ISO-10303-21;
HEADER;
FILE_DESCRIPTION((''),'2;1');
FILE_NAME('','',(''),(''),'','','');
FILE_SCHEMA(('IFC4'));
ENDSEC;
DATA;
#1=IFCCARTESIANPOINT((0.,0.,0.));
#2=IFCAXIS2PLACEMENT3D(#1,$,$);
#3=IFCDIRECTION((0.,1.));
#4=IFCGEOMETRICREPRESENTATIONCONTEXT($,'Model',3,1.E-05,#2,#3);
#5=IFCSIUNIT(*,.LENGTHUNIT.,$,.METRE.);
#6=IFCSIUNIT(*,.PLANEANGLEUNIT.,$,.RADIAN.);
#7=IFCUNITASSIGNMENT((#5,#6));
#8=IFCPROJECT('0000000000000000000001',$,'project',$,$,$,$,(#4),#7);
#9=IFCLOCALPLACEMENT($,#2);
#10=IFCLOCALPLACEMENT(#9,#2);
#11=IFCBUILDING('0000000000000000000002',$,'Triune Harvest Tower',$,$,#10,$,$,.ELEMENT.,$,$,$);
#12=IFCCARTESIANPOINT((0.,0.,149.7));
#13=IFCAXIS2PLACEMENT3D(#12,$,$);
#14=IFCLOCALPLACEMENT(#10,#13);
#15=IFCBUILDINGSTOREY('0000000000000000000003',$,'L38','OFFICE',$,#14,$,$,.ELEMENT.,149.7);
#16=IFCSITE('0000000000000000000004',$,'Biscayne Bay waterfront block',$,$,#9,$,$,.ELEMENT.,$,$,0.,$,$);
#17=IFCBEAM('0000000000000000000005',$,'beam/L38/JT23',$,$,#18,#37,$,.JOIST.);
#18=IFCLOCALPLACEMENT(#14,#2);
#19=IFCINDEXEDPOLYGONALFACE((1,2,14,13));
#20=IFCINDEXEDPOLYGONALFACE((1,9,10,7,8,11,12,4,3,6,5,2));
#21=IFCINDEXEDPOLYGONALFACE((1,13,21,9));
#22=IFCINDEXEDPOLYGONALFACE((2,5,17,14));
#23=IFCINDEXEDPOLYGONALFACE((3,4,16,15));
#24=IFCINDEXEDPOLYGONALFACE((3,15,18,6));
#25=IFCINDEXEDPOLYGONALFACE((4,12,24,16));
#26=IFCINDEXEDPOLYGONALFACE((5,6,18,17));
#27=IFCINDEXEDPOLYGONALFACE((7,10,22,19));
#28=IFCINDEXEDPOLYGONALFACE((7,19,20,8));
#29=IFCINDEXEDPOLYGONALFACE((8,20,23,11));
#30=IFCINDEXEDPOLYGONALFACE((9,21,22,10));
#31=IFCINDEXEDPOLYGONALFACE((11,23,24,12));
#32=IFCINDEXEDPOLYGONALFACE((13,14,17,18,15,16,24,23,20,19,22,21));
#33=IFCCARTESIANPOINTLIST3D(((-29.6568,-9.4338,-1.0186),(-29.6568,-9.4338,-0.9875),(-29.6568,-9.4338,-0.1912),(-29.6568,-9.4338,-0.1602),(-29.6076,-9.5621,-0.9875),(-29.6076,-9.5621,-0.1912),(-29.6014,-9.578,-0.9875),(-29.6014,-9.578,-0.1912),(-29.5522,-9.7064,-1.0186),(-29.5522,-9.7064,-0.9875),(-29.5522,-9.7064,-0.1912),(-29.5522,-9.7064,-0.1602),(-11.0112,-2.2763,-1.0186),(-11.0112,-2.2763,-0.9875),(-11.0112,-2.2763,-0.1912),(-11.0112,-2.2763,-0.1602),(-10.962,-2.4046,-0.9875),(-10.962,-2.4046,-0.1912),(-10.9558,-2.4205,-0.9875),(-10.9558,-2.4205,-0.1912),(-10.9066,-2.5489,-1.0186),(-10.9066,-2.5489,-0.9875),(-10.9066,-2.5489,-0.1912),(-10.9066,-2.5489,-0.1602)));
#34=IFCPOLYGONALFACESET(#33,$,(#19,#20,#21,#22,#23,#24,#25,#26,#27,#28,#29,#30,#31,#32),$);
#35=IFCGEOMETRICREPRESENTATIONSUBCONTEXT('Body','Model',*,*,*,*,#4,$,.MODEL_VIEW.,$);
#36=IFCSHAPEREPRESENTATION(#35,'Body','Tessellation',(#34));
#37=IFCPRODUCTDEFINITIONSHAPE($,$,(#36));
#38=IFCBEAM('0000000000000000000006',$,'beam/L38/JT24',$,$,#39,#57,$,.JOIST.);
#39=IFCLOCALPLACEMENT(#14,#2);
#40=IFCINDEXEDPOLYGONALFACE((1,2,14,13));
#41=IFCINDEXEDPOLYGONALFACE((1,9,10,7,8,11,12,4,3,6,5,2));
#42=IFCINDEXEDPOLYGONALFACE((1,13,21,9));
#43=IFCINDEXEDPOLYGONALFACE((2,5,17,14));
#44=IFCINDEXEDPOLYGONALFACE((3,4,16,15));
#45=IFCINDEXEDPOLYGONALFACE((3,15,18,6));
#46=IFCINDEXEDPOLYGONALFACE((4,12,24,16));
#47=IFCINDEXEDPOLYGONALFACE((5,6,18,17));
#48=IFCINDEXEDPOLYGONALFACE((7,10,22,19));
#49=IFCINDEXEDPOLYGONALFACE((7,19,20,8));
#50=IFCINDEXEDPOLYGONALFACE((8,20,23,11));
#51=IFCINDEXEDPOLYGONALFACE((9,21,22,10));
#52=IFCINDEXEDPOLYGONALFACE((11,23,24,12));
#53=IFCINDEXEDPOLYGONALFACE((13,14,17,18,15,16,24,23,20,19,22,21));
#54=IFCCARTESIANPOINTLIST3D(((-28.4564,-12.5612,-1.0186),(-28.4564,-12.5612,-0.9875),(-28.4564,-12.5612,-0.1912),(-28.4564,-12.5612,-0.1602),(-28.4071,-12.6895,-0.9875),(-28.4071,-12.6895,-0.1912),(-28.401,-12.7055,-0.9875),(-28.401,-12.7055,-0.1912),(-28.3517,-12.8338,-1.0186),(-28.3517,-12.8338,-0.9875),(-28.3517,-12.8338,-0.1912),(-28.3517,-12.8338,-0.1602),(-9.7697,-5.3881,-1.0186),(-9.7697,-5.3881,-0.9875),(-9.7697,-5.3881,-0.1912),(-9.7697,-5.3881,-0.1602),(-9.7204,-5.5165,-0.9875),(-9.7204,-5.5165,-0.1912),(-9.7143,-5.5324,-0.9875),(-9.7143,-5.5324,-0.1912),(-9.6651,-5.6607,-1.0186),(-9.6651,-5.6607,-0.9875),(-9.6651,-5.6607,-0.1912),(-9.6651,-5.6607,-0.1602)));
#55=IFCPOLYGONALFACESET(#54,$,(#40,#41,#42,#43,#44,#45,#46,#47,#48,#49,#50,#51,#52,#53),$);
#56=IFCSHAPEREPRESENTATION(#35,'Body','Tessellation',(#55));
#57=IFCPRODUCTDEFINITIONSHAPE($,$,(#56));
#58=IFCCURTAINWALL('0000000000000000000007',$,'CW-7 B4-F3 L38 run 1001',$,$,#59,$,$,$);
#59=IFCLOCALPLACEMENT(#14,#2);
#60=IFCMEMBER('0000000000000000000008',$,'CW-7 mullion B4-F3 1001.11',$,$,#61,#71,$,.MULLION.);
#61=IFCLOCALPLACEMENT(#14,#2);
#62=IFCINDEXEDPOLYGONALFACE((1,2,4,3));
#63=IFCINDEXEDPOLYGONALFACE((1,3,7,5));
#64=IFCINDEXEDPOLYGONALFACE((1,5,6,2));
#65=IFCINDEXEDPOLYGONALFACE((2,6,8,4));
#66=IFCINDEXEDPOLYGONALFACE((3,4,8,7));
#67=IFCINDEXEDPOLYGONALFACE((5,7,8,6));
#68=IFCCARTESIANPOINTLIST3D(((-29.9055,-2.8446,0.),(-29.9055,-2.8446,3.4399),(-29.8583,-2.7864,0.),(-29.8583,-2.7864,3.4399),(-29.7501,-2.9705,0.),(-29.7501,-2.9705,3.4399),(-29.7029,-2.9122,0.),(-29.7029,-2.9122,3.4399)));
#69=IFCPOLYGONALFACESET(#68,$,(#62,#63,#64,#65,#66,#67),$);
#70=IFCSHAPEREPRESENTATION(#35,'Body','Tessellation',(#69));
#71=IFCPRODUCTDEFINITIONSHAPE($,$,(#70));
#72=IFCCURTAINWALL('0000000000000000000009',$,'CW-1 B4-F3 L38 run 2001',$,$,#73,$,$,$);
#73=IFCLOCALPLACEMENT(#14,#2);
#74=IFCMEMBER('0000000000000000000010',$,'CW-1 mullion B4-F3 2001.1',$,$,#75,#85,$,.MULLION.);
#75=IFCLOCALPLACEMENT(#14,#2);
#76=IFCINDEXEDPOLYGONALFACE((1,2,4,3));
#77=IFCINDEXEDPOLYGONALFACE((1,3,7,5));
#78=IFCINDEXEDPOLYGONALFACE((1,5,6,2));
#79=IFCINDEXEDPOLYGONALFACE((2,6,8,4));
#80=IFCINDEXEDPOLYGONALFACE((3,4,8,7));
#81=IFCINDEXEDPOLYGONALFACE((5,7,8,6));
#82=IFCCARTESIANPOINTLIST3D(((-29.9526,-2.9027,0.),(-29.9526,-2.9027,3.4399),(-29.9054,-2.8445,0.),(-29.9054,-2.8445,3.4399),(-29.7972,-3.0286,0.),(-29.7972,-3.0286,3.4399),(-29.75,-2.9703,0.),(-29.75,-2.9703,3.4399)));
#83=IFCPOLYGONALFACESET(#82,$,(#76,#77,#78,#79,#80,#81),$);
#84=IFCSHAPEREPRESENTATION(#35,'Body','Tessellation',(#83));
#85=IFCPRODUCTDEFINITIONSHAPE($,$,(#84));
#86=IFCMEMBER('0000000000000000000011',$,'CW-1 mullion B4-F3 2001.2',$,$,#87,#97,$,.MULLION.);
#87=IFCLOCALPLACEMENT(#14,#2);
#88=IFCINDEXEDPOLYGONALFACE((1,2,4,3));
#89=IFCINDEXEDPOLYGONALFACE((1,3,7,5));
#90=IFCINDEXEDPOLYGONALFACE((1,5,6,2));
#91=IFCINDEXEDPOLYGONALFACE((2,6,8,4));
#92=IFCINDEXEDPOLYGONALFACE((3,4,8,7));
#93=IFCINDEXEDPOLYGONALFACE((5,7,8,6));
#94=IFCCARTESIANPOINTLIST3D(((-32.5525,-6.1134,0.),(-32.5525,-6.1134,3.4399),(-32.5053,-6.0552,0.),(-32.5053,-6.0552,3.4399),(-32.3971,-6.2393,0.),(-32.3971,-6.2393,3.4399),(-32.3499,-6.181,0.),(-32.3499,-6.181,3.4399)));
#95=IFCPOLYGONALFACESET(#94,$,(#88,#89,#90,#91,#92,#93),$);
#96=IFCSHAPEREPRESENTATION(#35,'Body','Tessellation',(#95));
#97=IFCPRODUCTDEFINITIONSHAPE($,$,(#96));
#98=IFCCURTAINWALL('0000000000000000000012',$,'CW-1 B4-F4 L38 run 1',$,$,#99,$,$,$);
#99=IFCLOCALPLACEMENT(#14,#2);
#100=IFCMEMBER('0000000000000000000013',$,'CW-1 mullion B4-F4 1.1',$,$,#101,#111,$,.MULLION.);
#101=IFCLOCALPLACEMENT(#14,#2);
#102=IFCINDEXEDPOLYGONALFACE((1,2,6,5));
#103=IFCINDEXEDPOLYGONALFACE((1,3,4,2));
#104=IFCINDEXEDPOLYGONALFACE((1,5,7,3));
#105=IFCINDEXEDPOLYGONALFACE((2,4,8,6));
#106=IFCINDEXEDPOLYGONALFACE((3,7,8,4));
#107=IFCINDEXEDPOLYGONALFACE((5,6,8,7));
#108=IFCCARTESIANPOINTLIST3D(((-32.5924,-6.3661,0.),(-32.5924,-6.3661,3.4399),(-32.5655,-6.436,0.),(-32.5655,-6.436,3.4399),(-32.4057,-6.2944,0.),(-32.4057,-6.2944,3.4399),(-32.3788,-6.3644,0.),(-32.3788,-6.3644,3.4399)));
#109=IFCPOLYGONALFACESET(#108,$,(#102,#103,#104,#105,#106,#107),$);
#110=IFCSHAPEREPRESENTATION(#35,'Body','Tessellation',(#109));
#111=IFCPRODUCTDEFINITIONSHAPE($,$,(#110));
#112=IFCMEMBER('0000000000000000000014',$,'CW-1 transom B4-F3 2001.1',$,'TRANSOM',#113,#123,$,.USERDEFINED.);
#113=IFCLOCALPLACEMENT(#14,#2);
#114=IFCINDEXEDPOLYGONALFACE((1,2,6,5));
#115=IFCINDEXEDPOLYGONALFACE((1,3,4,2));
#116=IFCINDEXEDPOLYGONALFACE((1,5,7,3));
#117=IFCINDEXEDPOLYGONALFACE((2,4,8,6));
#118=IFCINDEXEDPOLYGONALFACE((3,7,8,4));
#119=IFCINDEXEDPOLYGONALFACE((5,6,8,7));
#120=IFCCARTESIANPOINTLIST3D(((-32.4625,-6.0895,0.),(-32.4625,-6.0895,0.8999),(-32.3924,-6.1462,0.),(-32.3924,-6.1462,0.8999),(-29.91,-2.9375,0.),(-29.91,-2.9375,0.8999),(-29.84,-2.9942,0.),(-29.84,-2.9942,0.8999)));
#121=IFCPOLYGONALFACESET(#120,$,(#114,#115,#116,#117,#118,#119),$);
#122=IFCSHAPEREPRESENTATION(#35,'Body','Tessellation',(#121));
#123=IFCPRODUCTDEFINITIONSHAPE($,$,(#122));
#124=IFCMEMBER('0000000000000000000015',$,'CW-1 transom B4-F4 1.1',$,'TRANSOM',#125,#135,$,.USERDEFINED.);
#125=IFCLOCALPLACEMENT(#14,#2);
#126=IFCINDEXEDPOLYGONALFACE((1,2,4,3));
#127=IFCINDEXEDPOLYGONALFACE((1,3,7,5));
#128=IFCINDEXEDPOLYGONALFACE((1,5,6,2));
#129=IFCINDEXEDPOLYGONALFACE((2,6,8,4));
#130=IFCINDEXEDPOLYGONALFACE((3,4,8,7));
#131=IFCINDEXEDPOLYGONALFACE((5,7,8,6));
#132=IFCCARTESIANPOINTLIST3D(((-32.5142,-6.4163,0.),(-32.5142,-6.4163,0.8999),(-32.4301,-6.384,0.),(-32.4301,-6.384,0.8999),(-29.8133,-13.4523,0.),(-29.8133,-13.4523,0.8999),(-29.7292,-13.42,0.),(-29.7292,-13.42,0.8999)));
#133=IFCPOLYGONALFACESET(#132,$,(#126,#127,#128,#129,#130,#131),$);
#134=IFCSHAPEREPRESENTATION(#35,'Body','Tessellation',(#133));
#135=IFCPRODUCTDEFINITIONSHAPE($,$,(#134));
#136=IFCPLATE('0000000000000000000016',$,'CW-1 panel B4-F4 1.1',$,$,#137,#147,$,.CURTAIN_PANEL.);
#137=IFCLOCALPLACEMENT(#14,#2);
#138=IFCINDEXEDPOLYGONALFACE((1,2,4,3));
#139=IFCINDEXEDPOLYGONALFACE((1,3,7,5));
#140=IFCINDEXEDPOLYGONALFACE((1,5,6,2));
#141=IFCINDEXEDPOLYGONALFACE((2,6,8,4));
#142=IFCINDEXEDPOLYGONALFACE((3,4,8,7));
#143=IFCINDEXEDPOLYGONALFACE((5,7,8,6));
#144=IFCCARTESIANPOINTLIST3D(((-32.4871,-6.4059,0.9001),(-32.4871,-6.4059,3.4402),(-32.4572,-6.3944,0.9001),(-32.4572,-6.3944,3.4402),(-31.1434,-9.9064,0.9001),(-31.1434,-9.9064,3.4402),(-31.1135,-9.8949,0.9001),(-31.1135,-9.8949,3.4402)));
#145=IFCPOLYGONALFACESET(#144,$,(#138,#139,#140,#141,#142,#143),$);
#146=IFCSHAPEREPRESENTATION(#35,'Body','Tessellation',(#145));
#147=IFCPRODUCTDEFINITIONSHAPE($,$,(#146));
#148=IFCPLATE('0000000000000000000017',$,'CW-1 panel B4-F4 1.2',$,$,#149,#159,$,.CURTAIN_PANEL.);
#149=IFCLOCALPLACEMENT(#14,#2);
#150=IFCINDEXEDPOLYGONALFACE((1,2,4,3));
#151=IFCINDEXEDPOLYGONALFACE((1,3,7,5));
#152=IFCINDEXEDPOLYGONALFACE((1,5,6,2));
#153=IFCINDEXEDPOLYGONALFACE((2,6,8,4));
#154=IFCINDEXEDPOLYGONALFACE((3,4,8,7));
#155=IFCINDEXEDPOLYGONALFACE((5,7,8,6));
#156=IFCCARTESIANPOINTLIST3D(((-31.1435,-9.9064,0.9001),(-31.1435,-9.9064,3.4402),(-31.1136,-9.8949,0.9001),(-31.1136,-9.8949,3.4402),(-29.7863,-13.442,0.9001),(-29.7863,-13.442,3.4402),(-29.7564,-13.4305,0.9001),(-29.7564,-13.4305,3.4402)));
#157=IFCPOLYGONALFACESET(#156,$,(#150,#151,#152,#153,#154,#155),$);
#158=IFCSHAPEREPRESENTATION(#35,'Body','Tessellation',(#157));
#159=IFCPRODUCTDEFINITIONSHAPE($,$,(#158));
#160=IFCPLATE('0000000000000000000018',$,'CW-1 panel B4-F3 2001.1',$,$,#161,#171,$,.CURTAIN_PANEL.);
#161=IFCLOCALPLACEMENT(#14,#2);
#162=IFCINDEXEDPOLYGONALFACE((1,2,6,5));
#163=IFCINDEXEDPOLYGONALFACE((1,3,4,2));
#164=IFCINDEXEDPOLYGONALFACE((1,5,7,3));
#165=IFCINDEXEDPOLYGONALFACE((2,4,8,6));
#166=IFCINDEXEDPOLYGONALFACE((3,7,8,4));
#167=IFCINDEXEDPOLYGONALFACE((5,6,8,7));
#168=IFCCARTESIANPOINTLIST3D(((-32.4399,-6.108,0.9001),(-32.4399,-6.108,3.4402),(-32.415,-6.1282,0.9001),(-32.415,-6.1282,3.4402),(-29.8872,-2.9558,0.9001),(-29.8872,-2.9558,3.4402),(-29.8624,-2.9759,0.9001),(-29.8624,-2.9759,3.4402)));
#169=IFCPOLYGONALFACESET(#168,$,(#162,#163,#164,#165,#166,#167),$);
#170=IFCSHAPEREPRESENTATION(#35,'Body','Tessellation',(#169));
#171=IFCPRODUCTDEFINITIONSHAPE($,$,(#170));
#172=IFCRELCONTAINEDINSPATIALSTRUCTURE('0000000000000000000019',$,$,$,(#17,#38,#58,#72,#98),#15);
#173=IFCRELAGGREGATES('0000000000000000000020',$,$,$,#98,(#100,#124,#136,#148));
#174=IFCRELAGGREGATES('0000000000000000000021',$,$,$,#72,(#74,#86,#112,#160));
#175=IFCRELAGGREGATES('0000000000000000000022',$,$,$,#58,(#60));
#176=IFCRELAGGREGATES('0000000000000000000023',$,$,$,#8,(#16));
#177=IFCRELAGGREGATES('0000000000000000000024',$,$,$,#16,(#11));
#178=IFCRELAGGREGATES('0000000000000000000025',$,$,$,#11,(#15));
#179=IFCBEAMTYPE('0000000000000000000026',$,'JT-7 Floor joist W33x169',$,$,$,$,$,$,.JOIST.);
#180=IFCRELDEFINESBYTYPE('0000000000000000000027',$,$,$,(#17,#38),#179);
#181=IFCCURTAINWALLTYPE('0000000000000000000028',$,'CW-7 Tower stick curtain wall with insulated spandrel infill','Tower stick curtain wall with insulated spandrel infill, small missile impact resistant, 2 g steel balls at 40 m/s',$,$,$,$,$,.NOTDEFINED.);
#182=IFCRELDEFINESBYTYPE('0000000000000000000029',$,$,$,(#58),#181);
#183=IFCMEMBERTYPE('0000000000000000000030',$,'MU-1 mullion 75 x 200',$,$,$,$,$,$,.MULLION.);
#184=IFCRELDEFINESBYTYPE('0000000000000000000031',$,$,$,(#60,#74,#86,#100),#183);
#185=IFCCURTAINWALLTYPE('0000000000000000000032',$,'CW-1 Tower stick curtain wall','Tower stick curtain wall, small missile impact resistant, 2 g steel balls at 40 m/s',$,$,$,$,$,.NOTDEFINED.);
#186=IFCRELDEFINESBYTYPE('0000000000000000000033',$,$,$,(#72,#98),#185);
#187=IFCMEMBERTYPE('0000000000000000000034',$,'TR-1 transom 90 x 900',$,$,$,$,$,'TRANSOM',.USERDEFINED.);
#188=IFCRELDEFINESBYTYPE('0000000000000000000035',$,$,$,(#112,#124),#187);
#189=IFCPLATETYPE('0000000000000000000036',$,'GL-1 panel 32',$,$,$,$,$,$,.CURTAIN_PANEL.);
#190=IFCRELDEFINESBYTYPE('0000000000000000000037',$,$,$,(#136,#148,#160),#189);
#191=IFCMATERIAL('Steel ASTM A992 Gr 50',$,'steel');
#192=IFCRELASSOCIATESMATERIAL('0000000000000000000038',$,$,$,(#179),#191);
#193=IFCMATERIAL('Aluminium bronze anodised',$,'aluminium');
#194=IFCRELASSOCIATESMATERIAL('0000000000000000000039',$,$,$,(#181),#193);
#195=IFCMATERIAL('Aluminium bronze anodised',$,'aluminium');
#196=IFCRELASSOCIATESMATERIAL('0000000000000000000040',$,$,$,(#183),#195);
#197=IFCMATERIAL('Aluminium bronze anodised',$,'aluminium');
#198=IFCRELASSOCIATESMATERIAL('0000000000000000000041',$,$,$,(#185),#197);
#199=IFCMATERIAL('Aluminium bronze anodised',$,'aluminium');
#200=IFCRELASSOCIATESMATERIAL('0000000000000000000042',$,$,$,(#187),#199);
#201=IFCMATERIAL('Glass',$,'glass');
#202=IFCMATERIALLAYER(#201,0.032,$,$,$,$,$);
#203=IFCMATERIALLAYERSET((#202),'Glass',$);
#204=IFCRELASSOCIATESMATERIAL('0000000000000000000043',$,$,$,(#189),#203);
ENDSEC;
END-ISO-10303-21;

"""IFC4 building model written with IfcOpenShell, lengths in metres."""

from ifc_helpers import new_model, si_unit, direction, frame, origin, origin_2d, place, context, subcontext, project, spatial, rectangle, i_section, extrude, source, transform, mapped, material, layer, layer_set, material_profile, profile_set, type_object, element, aggregate, save


model = new_model("IFC4")

# Units and contexts
model_context = context("Model", 3, precision=1e-05, world=origin(), true_north=direction((0.0, 1.0)))
body_context = subcontext(model_context, "Body", "Model", "MODEL_VIEW")
ifc_project = project(units=[si_unit("LENGTHUNIT", "METRE"), si_unit("PLANEANGLEUNIT", "RADIAN")], contexts=[model_context])

# Site, building, storey
site_placement = place(None, origin())
site = spatial("IfcSite", under=ifc_project, at=site_placement, Name="Biscayne Bay waterfront block", CompositionType="ELEMENT", RefElevation=0.0)
building_placement = place(site_placement, origin())
building = spatial("IfcBuilding", under=site, at=building_placement, Name="Triune Harvest Tower", CompositionType="ELEMENT")
storey_placement = place(building_placement, frame((0.0, 0.0, 149.7)))
storey = spatial("IfcBuildingStorey", under=building, at=storey_placement, Name="L38", Description="OFFICE", CompositionType="ELEMENT", Elevation=149.7)

# Beams
ifc_material_1 = material(Name="Steel ASTM A992 Gr 50", Category="steel")
ifc_material_profile_1 = material_profile(ifc_material_1, i_section(OverallWidth=0.292, OverallDepth=0.8584, WebThickness=0.0171, FlangeThickness=0.031, at=origin_2d()), Name="W33x169")
ifc_profile_set_1 = profile_set([ifc_material_profile_1], Name="Steel ASTM A992 Gr 50")
beam_type_1 = type_object("IfcBeamType", Name="JT-7 Floor joist W33x169", PredefinedType="JOIST", material=ifc_profile_set_1)
shared_shape_1 = source(origin(), body_context, "Body", "SweptSolid", [
    extrude(i_section(OverallWidth=0.292, OverallDepth=0.8584, WebThickness=0.0171, FlangeThickness=0.031, at=origin_2d()), origin(), (0.0, 0.0, 1.0), 19.9722),
])
beam_1_placement = place(storey_placement, frame((-29.6045, -9.5701, -0.5894), z_axis=(0.933578, 0.358374, 0.0), x_axis=(-0.358374, 0.933578, 0.0)))
element("IfcBeam", 1, at=beam_1_placement, inside=storey, type_object=beam_type_1, Name="beam/L38/JT23", PredefinedType="JOIST", context=body_context, shape_type="MappedRepresentation", body=[
    mapped(shared_shape_1, transform((0.0, 0.0, 0.0), scale=1.0)),
])
shared_shape_2 = source(origin(), body_context, "Body", "SweptSolid", [
    extrude(i_section(OverallWidth=0.292, OverallDepth=0.8584, WebThickness=0.0171, FlangeThickness=0.031, at=origin_2d()), origin(), (0.0, 0.0, 1.0), 20.0161),
])
beam_2_placement = place(storey_placement, frame((-28.4041, -12.6975, -0.5894), z_axis=(0.933582, 0.358364, 0.0), x_axis=(-0.358364, 0.933582, 0.0)))
element("IfcBeam", 2, at=beam_2_placement, inside=storey, type_object=beam_type_1, Name="beam/L38/JT24", PredefinedType="JOIST", context=body_context, shape_type="MappedRepresentation", body=[
    mapped(shared_shape_2, transform((0.0, 0.0, 0.0), scale=1.0)),
])

# Curtain wall, member
ifc_material_2 = material(Name="Aluminium bronze anodised", Category="aluminium")
curtain_wall_type_1 = type_object("IfcCurtainWallType", Name="CW-7 Tower stick curtain wall with insulated spandrel infill", Description="Tower stick curtain wall with insulated spandrel infill, small missile impact resistant, 2 g steel balls at 40 m/s", PredefinedType="NOTDEFINED", material=ifc_material_2)
curtain_wall_1_placement = place(storey_placement, origin())
curtain_wall_1 = element("IfcCurtainWall", 3, at=curtain_wall_1_placement, inside=storey, type_object=curtain_wall_type_1, Name="CW-7 B4-F3 L38 run 1001")
ifc_material_3 = material(Name="Aluminium bronze anodised", Category="aluminium")
ifc_material_profile_2 = material_profile(ifc_material_3, rectangle(XDim=0.2, YDim=0.075, at=origin_2d()), Name="MU-1 mullion 75 x 200")
ifc_profile_set_2 = profile_set([ifc_material_profile_2], Name="Aluminium bronze anodised")
member_type_1 = type_object("IfcMemberType", Name="MU-1 mullion 75 x 200", PredefinedType="MULLION", material=ifc_profile_set_2)
shared_shape_3 = source(origin(), body_context, "Body", "SweptSolid", [
    extrude(rectangle(XDim=0.2, YDim=0.075, at=origin_2d()), origin(), (0.0, 0.0, 1.0), 3.4399),
])
member_1_placement = place(storey_placement, frame((-29.8042, -2.8784, 0.0), z_axis=(0.0, 0.0, 1.0), x_axis=(0.777144, -0.629322, 0.0)))
member_1 = element("IfcMember", 4, at=member_1_placement, type_object=member_type_1, Name="CW-7 mullion B4-F3 1001.11", PredefinedType="MULLION", context=body_context, shape_type="MappedRepresentation", body=[
    mapped(shared_shape_3, transform((0.0, 0.0, 0.0), scale=1.0)),
])

# Curtain wall, members
ifc_material_4 = material(Name="Aluminium bronze anodised", Category="aluminium")
curtain_wall_type_2 = type_object("IfcCurtainWallType", Name="CW-1 Tower stick curtain wall", Description="Tower stick curtain wall, small missile impact resistant, 2 g steel balls at 40 m/s", PredefinedType="NOTDEFINED", material=ifc_material_4)
curtain_wall_2_placement = place(storey_placement, origin())
curtain_wall_2 = element("IfcCurtainWall", 5, at=curtain_wall_2_placement, inside=storey, type_object=curtain_wall_type_2, Name="CW-1 B4-F3 L38 run 2001")
member_2_placement = place(storey_placement, frame((-29.8513, -2.9365, 0.0), z_axis=(0.0, 0.0, 1.0), x_axis=(0.777149, -0.629317, 0.0)))
member_2 = element("IfcMember", 6, at=member_2_placement, type_object=member_type_1, Name="CW-1 mullion B4-F3 2001.1", PredefinedType="MULLION", context=body_context, shape_type="MappedRepresentation", body=[
    mapped(shared_shape_3, transform((0.0, 0.0, 0.0), scale=1.0)),
])
member_3_placement = place(storey_placement, frame((-32.4512, -6.1472, 0.0), z_axis=(0.0, 0.0, 1.0), x_axis=(0.777149, -0.629317, 0.0)))
member_3 = element("IfcMember", 7, at=member_3_placement, type_object=member_type_1, Name="CW-1 mullion B4-F3 2001.2", PredefinedType="MULLION", context=body_context, shape_type="MappedRepresentation", body=[
    mapped(shared_shape_3, transform((0.0, 0.0, 0.0), scale=1.0)),
])

# Curtain wall, member
curtain_wall_3_placement = place(storey_placement, origin())
curtain_wall_3 = element("IfcCurtainWall", 8, at=curtain_wall_3_placement, inside=storey, type_object=curtain_wall_type_2, Name="CW-1 B4-F4 L38 run 1")
member_4_placement = place(storey_placement, frame((-32.4856, -6.3652, 0.0), z_axis=(0.0, 0.0, 1.0), x_axis=(0.93358, 0.358369, 0.0)))
member_4 = element("IfcMember", 9, at=member_4_placement, type_object=member_type_1, Name="CW-1 mullion B4-F4 1.1", PredefinedType="MULLION", context=body_context, shape_type="MappedRepresentation", body=[
    mapped(shared_shape_3, transform((0.0, 0.0, 0.0), scale=1.0)),
])

# Members
ifc_material_5 = material(Name="Aluminium bronze anodised", Category="aluminium")
ifc_material_profile_3 = material_profile(ifc_material_5, rectangle(XDim=0.0901, YDim=0.8999, at=origin_2d()), Name="TR-1 transom 90 x 900")
ifc_profile_set_3 = profile_set([ifc_material_profile_3], Name="Aluminium bronze anodised")
member_type_2 = type_object("IfcMemberType", Name="TR-1 transom 90 x 900", ElementType="TRANSOM", PredefinedType="USERDEFINED", material=ifc_profile_set_3)
shared_shape_4 = source(origin(), body_context, "Body", "SweptSolid", [
    extrude(rectangle(XDim=0.0901, YDim=0.8999, at=origin_2d()), origin(), (0.0, 0.0, 1.0), 4.0559),
])
member_5_placement = place(storey_placement, frame((-29.875, -2.9658, 0.45), z_axis=(-0.629316, -0.77715, 0.0), x_axis=(0.77715, -0.629316, 0.0)))
member_5 = element("IfcMember", 10, at=member_5_placement, type_object=member_type_2, Name="CW-1 transom B4-F3 2001.1", ObjectType="TRANSOM", PredefinedType="USERDEFINED", context=body_context, shape_type="MappedRepresentation", body=[
    mapped(shared_shape_4, transform((0.0, 0.0, 0.0), scale=1.0)),
])
shared_shape_5 = source(origin(), body_context, "Body", "SweptSolid", [
    extrude(rectangle(XDim=0.0901, YDim=0.8999, at=origin_2d()), origin(), (0.0, 0.0, 1.0), 7.5366),
])
member_6_placement = place(storey_placement, frame((-32.4722, -6.4001, 0.45), z_axis=(0.358369, -0.93358, 0.0), x_axis=(0.93358, 0.358369, 0.0)))
member_6 = element("IfcMember", 11, at=member_6_placement, type_object=member_type_2, Name="CW-1 transom B4-F4 1.1", ObjectType="TRANSOM", PredefinedType="USERDEFINED", context=body_context, shape_type="MappedRepresentation", body=[
    mapped(shared_shape_5, transform((0.0, 0.0, 0.0), scale=1.0)),
])

# Plates
ifc_material_6 = material(Name="Glass", Category="glass")
ifc_layer_1 = layer(ifc_material_6, 0.032)
ifc_layer_set_1 = layer_set([ifc_layer_1], Name="Glass")
plate_type_1 = type_object("IfcPlateType", Name="GL-1 panel 32", PredefinedType="CURTAIN_PANEL", material=ifc_layer_set_1)
shared_shape_6 = source(origin(), body_context, "Body", "SweptSolid", [
    extrude(rectangle(XDim=3.7495, YDim=0.032, at=origin_2d()), origin(), (0.0, 0.0, 1.0), 2.54),
])
plate_1_placement = place(storey_placement, frame((-31.8003, -8.1504, 0.9001), z_axis=(0.0, 0.0, 1.0), x_axis=(0.358369, -0.93358, 0.0)))
plate_1 = element("IfcPlate", 12, at=plate_1_placement, type_object=plate_type_1, Name="CW-1 panel B4-F4 1.1", PredefinedType="CURTAIN_PANEL", context=body_context, shape_type="MappedRepresentation", body=[
    mapped(shared_shape_6, transform((0.0, 0.0, 0.0), scale=1.0)),
])
shared_shape_7 = source(origin(), body_context, "Body", "SweptSolid", [
    extrude(rectangle(XDim=3.7871, YDim=0.032, at=origin_2d()), origin(), (0.0, 0.0, 1.0), 2.54),
])
plate_2_placement = place(storey_placement, frame((-30.45, -11.6685, 0.9001), z_axis=(0.0, 0.0, 1.0), x_axis=(0.358369, -0.93358, 0.0)))
plate_2 = element("IfcPlate", 13, at=plate_2_placement, type_object=plate_type_1, Name="CW-1 panel B4-F4 1.2", PredefinedType="CURTAIN_PANEL", context=body_context, shape_type="MappedRepresentation", body=[
    mapped(shared_shape_7, transform((0.0, 0.0, 0.0), scale=1.0)),
])
aggregate(curtain_wall_3, [member_4, member_6, plate_1, plate_2])
shared_shape_8 = source(origin(), body_context, "Body", "SweptSolid", [
    extrude(rectangle(XDim=4.0562, YDim=0.032, at=origin_2d()), origin(), (0.0, 0.0, 1.0), 2.54),
])
plate_3_placement = place(storey_placement, frame((-31.1511, -4.542, 0.9001), z_axis=(0.0, 0.0, 1.0), x_axis=(-0.629317, -0.777149, 0.0)))
plate_3 = element("IfcPlate", 14, at=plate_3_placement, type_object=plate_type_1, Name="CW-1 panel B4-F3 2001.1", PredefinedType="CURTAIN_PANEL", context=body_context, shape_type="MappedRepresentation", body=[
    mapped(shared_shape_8, transform((0.0, 0.0, 0.0), scale=1.0)),
])
aggregate(curtain_wall_2, [member_2, member_3, member_5, plate_3])
aggregate(curtain_wall_1, [member_1])

save(model, "model.ifc")
